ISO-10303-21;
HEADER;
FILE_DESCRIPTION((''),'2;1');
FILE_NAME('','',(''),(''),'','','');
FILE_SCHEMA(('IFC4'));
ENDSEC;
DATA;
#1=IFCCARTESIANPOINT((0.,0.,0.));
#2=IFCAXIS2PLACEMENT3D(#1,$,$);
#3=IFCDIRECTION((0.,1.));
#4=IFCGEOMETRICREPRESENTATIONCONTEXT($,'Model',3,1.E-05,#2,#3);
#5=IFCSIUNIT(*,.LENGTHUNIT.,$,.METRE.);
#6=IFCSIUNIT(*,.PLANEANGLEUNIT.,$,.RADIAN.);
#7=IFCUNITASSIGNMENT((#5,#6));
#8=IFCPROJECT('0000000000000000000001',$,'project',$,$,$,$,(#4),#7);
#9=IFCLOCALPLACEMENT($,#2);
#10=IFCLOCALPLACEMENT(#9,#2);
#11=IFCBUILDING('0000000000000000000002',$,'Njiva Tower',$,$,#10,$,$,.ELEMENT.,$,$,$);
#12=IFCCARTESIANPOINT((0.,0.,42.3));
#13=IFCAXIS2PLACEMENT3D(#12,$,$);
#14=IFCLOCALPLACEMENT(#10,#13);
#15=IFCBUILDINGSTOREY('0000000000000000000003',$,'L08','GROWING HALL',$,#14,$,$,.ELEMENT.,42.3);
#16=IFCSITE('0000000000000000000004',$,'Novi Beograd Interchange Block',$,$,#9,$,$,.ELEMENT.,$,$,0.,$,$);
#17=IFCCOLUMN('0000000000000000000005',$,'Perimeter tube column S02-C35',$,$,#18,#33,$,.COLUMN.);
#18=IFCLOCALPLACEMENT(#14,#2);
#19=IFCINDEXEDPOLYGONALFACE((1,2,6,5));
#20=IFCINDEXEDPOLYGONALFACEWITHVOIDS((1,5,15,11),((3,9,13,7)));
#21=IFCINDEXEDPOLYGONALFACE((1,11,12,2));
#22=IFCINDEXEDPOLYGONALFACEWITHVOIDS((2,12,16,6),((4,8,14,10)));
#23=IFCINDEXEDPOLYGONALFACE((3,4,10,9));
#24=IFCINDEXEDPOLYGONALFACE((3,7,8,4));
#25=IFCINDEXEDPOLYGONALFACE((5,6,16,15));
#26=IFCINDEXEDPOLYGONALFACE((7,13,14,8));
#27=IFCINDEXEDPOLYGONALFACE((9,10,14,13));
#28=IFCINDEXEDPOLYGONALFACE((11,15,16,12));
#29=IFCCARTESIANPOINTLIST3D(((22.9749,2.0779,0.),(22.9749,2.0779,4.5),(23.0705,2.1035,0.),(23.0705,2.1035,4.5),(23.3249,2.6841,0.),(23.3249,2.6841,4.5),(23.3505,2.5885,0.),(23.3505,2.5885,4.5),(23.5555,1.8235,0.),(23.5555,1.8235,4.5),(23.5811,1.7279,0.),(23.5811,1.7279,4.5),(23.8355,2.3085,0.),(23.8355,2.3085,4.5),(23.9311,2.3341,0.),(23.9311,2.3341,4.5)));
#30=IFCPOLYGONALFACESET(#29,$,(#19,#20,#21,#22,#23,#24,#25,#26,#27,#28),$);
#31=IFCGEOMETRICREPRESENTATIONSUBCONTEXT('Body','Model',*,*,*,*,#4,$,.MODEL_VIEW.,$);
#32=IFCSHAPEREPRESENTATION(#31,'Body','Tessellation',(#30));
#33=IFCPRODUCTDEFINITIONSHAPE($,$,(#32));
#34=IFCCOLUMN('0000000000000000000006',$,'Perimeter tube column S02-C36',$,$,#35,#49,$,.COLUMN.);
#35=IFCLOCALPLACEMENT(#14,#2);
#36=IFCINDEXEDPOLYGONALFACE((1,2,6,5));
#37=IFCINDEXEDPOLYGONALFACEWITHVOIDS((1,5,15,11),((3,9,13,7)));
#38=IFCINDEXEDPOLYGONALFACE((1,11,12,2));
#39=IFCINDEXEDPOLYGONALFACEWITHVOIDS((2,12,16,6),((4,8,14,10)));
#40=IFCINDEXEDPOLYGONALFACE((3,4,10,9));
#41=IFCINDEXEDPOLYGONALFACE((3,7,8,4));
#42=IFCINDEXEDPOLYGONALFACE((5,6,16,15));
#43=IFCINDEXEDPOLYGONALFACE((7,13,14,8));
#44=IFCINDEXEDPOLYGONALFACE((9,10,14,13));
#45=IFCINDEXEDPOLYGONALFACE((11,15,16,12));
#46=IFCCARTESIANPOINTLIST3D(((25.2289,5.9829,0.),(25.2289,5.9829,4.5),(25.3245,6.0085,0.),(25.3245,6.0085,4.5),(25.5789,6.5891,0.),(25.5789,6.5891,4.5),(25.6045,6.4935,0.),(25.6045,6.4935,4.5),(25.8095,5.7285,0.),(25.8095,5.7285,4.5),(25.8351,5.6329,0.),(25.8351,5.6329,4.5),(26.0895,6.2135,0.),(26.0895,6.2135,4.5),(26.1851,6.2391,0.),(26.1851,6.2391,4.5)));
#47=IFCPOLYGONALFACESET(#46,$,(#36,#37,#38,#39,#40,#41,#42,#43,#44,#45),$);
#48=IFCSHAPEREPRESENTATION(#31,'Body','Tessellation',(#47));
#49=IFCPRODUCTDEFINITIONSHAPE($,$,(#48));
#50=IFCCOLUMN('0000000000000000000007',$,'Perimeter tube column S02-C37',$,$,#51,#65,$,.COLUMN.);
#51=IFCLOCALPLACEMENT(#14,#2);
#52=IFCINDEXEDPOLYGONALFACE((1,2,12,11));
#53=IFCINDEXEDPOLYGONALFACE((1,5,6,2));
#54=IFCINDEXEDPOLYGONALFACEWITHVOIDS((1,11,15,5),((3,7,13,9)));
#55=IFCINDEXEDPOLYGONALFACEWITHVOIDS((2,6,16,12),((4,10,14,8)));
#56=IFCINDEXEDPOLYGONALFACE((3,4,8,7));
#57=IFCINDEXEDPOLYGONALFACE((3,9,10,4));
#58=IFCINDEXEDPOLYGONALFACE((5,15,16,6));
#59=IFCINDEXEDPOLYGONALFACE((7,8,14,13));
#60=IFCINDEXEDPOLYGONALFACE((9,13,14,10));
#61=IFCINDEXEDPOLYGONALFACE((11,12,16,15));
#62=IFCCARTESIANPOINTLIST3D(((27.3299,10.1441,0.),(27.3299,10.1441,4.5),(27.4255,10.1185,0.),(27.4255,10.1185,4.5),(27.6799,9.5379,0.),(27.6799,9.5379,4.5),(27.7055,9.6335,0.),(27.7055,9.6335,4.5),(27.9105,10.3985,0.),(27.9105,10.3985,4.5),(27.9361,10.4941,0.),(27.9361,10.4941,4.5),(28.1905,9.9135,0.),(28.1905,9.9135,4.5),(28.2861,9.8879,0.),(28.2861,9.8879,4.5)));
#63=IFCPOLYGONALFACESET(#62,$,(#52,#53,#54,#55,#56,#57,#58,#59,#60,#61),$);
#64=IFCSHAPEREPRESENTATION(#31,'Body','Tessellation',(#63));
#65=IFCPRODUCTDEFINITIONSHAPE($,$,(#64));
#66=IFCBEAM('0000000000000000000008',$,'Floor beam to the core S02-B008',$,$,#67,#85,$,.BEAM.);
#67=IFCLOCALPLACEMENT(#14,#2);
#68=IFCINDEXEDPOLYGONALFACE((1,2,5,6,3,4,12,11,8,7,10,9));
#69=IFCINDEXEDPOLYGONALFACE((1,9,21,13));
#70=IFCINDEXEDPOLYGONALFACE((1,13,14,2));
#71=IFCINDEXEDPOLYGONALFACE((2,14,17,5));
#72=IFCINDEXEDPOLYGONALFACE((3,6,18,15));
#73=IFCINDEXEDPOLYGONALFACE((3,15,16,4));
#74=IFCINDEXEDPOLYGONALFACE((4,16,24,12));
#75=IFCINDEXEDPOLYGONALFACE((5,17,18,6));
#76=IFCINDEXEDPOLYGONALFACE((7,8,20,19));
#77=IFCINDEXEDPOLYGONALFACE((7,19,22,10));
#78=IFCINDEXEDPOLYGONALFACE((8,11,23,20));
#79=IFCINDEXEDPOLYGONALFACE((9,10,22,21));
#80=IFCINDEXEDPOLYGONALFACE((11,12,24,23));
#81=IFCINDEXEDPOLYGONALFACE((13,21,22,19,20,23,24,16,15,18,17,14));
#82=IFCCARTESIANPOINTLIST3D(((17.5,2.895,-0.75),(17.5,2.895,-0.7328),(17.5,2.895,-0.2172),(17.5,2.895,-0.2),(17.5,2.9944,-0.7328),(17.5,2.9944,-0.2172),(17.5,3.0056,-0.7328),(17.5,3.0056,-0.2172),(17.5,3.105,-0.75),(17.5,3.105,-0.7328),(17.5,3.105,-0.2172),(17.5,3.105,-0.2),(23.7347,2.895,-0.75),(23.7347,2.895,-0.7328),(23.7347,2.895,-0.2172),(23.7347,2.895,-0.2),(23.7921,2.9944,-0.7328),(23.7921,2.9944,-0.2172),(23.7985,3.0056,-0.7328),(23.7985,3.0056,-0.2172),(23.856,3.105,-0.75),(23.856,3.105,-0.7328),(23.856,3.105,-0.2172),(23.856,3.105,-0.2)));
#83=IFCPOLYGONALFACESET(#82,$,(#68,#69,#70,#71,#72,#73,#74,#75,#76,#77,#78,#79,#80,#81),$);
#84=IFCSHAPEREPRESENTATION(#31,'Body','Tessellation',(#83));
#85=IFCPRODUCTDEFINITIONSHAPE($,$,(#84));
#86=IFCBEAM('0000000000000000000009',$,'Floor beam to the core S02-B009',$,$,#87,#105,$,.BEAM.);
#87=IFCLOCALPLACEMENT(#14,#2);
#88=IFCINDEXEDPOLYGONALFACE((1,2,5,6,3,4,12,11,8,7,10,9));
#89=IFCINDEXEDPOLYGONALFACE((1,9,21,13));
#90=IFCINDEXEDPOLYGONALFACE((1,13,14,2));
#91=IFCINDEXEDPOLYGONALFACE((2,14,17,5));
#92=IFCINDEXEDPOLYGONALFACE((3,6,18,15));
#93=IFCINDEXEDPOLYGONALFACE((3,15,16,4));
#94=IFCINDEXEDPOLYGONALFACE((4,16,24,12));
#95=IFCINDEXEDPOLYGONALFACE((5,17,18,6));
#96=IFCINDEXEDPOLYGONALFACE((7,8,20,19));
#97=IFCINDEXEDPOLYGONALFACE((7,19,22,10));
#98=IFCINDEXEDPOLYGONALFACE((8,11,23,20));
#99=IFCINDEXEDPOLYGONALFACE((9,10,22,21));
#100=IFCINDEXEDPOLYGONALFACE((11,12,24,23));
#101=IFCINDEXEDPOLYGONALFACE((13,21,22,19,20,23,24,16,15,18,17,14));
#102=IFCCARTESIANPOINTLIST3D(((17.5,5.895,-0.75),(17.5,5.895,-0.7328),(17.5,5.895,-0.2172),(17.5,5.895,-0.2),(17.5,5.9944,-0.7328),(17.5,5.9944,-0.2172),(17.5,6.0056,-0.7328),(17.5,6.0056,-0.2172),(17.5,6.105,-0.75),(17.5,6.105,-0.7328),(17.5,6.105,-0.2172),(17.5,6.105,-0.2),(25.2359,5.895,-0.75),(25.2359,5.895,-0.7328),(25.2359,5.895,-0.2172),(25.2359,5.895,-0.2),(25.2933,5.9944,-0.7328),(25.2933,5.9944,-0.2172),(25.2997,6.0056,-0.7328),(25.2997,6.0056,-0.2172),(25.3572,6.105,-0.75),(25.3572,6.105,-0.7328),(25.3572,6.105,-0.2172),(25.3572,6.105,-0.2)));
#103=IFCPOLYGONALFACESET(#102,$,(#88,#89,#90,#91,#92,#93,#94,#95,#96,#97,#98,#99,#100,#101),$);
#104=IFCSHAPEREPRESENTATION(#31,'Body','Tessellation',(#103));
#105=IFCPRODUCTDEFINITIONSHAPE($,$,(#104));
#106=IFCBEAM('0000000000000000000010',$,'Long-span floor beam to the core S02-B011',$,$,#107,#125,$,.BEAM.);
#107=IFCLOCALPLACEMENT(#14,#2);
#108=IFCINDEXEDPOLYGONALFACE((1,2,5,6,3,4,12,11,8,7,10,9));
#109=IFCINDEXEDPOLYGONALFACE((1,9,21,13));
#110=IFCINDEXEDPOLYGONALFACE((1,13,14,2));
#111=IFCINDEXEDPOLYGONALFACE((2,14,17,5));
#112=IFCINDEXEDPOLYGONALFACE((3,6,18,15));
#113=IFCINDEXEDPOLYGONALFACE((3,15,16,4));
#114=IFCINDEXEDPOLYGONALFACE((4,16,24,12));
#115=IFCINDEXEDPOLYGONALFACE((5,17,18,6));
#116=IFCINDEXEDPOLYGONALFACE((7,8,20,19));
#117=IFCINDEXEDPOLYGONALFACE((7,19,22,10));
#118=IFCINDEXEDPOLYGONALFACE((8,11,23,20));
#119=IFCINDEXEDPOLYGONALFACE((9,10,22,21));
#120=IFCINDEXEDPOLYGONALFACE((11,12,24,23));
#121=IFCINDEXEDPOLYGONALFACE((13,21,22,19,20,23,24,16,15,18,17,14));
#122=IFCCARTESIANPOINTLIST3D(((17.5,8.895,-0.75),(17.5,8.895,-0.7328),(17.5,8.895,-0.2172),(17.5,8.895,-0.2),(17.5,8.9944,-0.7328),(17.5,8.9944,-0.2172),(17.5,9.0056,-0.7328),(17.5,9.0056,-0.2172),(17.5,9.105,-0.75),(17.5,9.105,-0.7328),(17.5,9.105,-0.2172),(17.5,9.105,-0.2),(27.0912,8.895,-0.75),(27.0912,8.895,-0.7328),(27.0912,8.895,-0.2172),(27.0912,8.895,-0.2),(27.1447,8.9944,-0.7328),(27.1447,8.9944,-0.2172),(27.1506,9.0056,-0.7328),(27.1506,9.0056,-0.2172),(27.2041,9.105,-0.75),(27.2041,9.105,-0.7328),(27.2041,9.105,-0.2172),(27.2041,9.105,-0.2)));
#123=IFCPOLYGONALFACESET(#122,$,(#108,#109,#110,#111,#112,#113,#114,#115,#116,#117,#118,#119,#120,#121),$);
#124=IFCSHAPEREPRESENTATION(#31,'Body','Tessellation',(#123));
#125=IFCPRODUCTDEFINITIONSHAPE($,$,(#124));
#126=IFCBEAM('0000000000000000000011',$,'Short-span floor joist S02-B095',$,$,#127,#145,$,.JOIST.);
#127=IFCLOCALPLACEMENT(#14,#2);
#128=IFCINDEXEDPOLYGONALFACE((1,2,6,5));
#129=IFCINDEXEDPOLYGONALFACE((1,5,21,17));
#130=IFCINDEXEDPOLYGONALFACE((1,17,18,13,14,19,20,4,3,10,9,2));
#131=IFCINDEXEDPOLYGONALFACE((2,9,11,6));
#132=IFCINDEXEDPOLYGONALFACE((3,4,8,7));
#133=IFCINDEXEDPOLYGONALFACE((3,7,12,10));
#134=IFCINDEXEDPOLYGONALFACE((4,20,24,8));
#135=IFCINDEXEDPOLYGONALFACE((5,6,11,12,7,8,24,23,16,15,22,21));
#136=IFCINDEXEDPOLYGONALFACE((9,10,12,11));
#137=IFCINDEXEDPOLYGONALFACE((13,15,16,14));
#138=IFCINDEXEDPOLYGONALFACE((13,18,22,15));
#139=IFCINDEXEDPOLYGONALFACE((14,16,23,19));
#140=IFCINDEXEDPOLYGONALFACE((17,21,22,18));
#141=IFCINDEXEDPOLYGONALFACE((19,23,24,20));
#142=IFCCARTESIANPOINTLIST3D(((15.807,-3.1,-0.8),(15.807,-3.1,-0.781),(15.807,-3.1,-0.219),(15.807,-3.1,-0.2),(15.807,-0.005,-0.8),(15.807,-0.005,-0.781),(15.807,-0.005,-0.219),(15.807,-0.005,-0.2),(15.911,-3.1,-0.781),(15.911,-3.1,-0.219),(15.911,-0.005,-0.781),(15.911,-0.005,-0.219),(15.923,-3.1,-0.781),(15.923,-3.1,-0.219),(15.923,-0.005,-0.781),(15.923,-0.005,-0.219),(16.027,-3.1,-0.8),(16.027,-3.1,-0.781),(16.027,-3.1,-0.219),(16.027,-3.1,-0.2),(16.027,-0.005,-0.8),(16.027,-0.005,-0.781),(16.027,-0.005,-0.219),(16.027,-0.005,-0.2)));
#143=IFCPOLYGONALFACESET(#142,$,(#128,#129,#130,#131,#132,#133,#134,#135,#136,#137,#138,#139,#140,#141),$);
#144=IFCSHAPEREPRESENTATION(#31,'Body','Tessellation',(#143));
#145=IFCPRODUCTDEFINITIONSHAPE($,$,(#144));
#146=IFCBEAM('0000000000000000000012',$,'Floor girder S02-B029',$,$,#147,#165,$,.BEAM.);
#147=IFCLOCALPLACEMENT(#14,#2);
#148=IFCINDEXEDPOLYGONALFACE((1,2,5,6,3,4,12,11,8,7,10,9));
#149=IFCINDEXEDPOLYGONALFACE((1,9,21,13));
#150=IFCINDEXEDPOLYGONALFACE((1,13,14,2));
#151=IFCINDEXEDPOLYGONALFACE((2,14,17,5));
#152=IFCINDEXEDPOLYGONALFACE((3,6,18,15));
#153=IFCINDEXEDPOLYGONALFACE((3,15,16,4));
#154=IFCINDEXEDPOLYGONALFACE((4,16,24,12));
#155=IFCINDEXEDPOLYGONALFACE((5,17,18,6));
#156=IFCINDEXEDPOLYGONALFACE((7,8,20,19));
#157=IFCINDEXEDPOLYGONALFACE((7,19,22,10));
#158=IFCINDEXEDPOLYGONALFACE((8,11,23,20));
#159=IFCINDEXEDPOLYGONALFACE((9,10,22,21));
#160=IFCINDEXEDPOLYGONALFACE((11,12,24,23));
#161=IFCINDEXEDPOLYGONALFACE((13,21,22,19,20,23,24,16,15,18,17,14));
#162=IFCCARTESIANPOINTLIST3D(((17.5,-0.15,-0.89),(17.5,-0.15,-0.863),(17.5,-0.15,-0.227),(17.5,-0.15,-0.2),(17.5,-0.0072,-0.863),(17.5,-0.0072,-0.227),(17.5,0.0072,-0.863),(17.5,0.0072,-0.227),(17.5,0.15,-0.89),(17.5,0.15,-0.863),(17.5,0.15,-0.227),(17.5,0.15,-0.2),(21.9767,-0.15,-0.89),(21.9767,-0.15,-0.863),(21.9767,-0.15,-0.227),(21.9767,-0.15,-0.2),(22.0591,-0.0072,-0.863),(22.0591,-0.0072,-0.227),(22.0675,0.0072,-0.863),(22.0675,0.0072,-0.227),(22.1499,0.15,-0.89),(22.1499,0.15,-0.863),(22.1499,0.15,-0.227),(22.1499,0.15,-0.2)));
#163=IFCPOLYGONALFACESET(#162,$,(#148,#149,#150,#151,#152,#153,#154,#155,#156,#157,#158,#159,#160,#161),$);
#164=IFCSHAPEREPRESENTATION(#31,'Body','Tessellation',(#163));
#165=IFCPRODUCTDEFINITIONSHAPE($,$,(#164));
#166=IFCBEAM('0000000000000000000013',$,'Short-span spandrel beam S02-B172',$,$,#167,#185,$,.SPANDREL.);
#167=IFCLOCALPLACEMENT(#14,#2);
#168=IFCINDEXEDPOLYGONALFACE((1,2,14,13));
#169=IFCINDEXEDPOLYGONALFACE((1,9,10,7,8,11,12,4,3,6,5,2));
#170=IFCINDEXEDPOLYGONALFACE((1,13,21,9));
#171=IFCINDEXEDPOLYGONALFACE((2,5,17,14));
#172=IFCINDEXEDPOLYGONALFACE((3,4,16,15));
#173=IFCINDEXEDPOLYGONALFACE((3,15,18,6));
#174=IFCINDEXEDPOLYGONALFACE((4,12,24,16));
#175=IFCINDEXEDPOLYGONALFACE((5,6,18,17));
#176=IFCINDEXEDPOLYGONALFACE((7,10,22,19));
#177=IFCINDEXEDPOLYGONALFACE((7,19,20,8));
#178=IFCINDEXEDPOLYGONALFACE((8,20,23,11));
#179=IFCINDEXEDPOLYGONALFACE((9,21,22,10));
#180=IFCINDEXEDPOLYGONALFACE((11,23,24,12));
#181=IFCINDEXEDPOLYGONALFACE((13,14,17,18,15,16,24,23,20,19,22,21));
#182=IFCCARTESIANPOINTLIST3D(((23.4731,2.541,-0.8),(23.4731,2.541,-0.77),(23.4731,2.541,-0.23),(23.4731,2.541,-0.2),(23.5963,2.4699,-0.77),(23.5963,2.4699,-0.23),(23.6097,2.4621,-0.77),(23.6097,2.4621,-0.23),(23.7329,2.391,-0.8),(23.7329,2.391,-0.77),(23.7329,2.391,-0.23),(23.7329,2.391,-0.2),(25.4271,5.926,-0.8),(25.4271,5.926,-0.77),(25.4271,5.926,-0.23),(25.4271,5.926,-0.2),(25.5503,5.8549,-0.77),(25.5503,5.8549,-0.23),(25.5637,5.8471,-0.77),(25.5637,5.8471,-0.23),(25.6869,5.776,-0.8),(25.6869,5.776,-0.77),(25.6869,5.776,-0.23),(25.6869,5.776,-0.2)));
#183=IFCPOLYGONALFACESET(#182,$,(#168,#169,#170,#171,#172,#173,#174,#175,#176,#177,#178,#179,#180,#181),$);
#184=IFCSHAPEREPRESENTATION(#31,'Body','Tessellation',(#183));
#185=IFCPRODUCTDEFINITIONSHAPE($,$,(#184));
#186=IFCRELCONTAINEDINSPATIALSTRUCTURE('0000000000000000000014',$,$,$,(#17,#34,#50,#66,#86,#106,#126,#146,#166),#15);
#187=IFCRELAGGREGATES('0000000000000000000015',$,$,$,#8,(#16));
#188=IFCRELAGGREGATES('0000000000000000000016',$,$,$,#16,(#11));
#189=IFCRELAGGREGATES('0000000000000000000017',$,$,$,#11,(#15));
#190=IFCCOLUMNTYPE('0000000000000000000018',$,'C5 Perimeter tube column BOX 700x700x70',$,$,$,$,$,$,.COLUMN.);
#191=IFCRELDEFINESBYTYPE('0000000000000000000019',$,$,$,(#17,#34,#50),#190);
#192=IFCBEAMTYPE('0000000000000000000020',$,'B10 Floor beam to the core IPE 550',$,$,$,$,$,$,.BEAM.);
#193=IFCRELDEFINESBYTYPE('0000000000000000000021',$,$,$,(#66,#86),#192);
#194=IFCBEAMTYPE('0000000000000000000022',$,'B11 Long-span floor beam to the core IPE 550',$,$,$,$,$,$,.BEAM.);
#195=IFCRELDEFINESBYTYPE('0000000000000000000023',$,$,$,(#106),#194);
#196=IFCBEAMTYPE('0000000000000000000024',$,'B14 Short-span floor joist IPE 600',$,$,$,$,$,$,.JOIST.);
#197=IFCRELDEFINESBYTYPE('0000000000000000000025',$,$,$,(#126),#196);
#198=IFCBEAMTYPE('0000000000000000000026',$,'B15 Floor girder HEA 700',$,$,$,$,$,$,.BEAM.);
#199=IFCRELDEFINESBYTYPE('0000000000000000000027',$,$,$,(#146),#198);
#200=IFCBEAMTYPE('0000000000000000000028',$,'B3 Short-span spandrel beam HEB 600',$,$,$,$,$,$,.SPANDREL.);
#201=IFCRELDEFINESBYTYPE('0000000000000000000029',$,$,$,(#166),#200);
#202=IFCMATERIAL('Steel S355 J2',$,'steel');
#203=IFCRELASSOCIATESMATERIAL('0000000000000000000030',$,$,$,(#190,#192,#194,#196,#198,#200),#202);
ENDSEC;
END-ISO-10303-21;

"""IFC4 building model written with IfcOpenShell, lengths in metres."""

from ifc_helpers import new_model, si_unit, direction, frame, origin, origin_2d, place, context, subcontext, project, spatial, hollow_rectangle, i_section, extrude, clip, halfspace, material, material_profile, profile_set, type_object, element, save


model = new_model("IFC4")

# Units and contexts
model_context = context("Model", 3, precision=1e-05, world=origin(), true_north=direction((0.0, 1.0)))
body_context = subcontext(model_context, "Body", "Model", "MODEL_VIEW")
ifc_project = project(units=[si_unit("LENGTHUNIT", "METRE"), si_unit("PLANEANGLEUNIT", "RADIAN")], contexts=[model_context])

# Site, building, storey
site_placement = place(None, origin())
site = spatial("IfcSite", under=ifc_project, at=site_placement, Name="Novi Beograd Interchange Block", CompositionType="ELEMENT", RefElevation=0.0)
building_placement = place(site_placement, origin())
building = spatial("IfcBuilding", under=site, at=building_placement, Name="Njiva Tower", CompositionType="ELEMENT")
storey_placement = place(building_placement, frame((0.0, 0.0, 42.3)))
storey = spatial("IfcBuildingStorey", under=building, at=storey_placement, Name="L08", Description="GROWING HALL", CompositionType="ELEMENT", Elevation=42.3)

# Columns
ifc_material_1 = material(Name="Steel S355 J2", Category="steel")
ifc_material_profile_1 = material_profile(ifc_material_1, hollow_rectangle(XDim=0.7, YDim=0.7, WallThickness=0.07, at=origin_2d()), Name="BOX 700x700x70")
ifc_profile_set_1 = profile_set([ifc_material_profile_1], Name="Steel S355 J2")
column_type = type_object("IfcColumnType", Name="C5 Perimeter tube column BOX 700x700x70", PredefinedType="COLUMN", material=ifc_profile_set_1)
for number, where, z_axis, x_axis, name in (
    (1, (23.453, 2.206, 0.0), (0.0, 0.0, 1.0), (0.5, 0.866025, 0.0), "Perimeter tube column S02-C35"),
    (2, (25.707, 6.111, 0.0), (0.0, 0.0, 1.0), (0.5, 0.866025, 0.0), "Perimeter tube column S02-C36"),
    (3, (27.808, 10.016, 0.0), (0.0, 0.0, 1.0), (-0.5, 0.866025, 0.0), "Perimeter tube column S02-C37"),
):
    element("IfcColumn", number, at=place(storey_placement, frame(where, z_axis=z_axis, x_axis=x_axis)), inside=storey, type_object=column_type, Name=name, PredefinedType="COLUMN", context=body_context, shape_type="SweptSolid", body=[
        extrude(hollow_rectangle(XDim=0.7, YDim=0.7, WallThickness=0.07, at=origin_2d()), origin(), (0.0, 0.0, 1.0), 4.5),
    ])

# Beams
ifc_material_profile_2 = material_profile(ifc_material_1, i_section(OverallWidth=0.21, OverallDepth=0.55, WebThickness=0.0111, FlangeThickness=0.0172, at=origin_2d()), Name="IPE 550")
ifc_profile_set_2 = profile_set([ifc_material_profile_2], Name="Steel S355 J2")
beam_type_1 = type_object("IfcBeamType", Name="B10 Floor beam to the core IPE 550", PredefinedType="BEAM", material=ifc_profile_set_2)
beam_1_placement = place(storey_placement, frame((17.5, 3.0, -0.475), z_axis=(1.0, 0.0, 0.0), x_axis=(0.0, 1.0, 0.0)))
element("IfcBeam", 4, at=beam_1_placement, inside=storey, type_object=beam_type_1, Name="Floor beam to the core S02-B008", PredefinedType="BEAM", context=body_context, shape_type="Clipping", body=[
    clip(extrude(i_section(OverallWidth=0.21, OverallDepth=0.55, WebThickness=0.0111, FlangeThickness=0.0172, at=origin_2d()), origin(), (0.0, 0.0, 1.0), 6.376), halfspace(frame((-0.025, 0.0, 6.2809), z_axis=(-0.499998, 0.0, 0.866027), x_axis=(0.0, 1.0, 0.0)), False)),
])
beam_2_placement = place(storey_placement, frame((17.5, 6.0, -0.475), z_axis=(1.0, 0.0, 0.0), x_axis=(0.0, 1.0, 0.0)))
element("IfcBeam", 5, at=beam_2_placement, inside=storey, type_object=beam_type_1, Name="Floor beam to the core S02-B009", PredefinedType="BEAM", context=body_context, shape_type="Clipping", body=[
    clip(extrude(i_section(OverallWidth=0.21, OverallDepth=0.55, WebThickness=0.0111, FlangeThickness=0.0172, at=origin_2d()), origin(), (0.0, 0.0, 1.0), 7.878), halfspace(frame((-0.025, 0.0, 7.7821), z_axis=(-0.499998, 0.0, 0.866027), x_axis=(0.0, 1.0, 0.0)), False)),
])
ifc_material_profile_3 = material_profile(ifc_material_1, i_section(OverallWidth=0.21, OverallDepth=0.55, WebThickness=0.0111, FlangeThickness=0.0172, at=origin_2d()), Name="IPE 550")
ifc_profile_set_3 = profile_set([ifc_material_profile_3], Name="Steel S355 J2")
beam_type_2 = type_object("IfcBeamType", Name="B11 Long-span floor beam to the core IPE 550", PredefinedType="BEAM", material=ifc_profile_set_3)
beam_3_placement = place(storey_placement, frame((17.5, 9.0, -0.475), z_axis=(1.0, 0.0, 0.0), x_axis=(0.0, 1.0, 0.0)))
element("IfcBeam", 6, at=beam_3_placement, inside=storey, type_object=beam_type_2, Name="Long-span floor beam to the core S02-B011", PredefinedType="BEAM", context=body_context, shape_type="Clipping", body=[
    clip(extrude(i_section(OverallWidth=0.21, OverallDepth=0.55, WebThickness=0.0111, FlangeThickness=0.0172, at=origin_2d()), origin(), (0.0, 0.0, 1.0), 9.724), halfspace(frame((-0.0237, 0.0, 9.6349), z_axis=(-0.473777, 0.0, 0.880645), x_axis=(0.0, 1.0, 0.0)), False)),
])
ifc_material_profile_4 = material_profile(ifc_material_1, i_section(OverallWidth=0.22, OverallDepth=0.6, WebThickness=0.012, FlangeThickness=0.019, at=origin_2d()), Name="IPE 600")
ifc_profile_set_4 = profile_set([ifc_material_profile_4], Name="Steel S355 J2")
beam_type_3 = type_object("IfcBeamType", Name="B14 Short-span floor joist IPE 600", PredefinedType="JOIST", material=ifc_profile_set_4)
beam_4_placement = place(storey_placement, frame((15.917, -0.005, -0.5), z_axis=(0.0, -1.0, 0.0), x_axis=(1.0, 0.0, 0.0)))
element("IfcBeam", 7, at=beam_4_placement, inside=storey, type_object=beam_type_3, Name="Short-span floor joist S02-B095", PredefinedType="JOIST", context=body_context, shape_type="SweptSolid", body=[
    extrude(i_section(OverallWidth=0.22, OverallDepth=0.6, WebThickness=0.012, FlangeThickness=0.019, at=origin_2d()), origin(), (0.0, 0.0, 1.0), 3.095),
])
ifc_material_profile_5 = material_profile(ifc_material_1, i_section(OverallWidth=0.3, OverallDepth=0.69, WebThickness=0.0145, FlangeThickness=0.027, at=origin_2d()), Name="HEA 700")
ifc_profile_set_5 = profile_set([ifc_material_profile_5], Name="Steel S355 J2")
beam_type_4 = type_object("IfcBeamType", Name="B15 Floor girder HEA 700", PredefinedType="BEAM", material=ifc_profile_set_5)
beam_5_placement = place(storey_placement, frame((17.5, 0.0, -0.545), z_axis=(1.0, 0.0, 0.0), x_axis=(0.0, 1.0, 0.0)))
element("IfcBeam", 8, at=beam_5_placement, inside=storey, type_object=beam_type_4, Name="Floor girder S02-B029", PredefinedType="BEAM", context=body_context, shape_type="Clipping", body=[
    clip(extrude(i_section(OverallWidth=0.3, OverallDepth=0.69, WebThickness=0.0145, FlangeThickness=0.027, at=origin_2d()), origin(), (0.0, 0.0, 1.0), 4.67), halfspace(frame((-0.025, 0.0, 4.5489), z_axis=(-0.499998, 0.0, 0.866027), x_axis=(0.0, 1.0, 0.0)), False)),
])
ifc_material_profile_6 = material_profile(ifc_material_1, i_section(OverallWidth=0.3, OverallDepth=0.6, WebThickness=0.0155, FlangeThickness=0.03, at=origin_2d()), Name="HEB 600")
ifc_profile_set_6 = profile_set([ifc_material_profile_6], Name="Steel S355 J2")
beam_type_5 = type_object("IfcBeamType", Name="B3 Short-span spandrel beam HEB 600", PredefinedType="SPANDREL", material=ifc_profile_set_6)
beam_6_placement = place(storey_placement, frame((23.603, 2.466, -0.5), z_axis=(0.499937, 0.866062, 0.0), x_axis=(-0.866062, 0.499937, 0.0)))
element("IfcBeam", 9, at=beam_6_placement, inside=storey, type_object=beam_type_5, Name="Short-span spandrel beam S02-B172", PredefinedType="SPANDREL", context=body_context, shape_type="SweptSolid", body=[
    extrude(i_section(OverallWidth=0.3, OverallDepth=0.6, WebThickness=0.0155, FlangeThickness=0.03, at=origin_2d()), origin(), (0.0, 0.0, 1.0), 3.9085),
])

save(model, "model.ifc")
